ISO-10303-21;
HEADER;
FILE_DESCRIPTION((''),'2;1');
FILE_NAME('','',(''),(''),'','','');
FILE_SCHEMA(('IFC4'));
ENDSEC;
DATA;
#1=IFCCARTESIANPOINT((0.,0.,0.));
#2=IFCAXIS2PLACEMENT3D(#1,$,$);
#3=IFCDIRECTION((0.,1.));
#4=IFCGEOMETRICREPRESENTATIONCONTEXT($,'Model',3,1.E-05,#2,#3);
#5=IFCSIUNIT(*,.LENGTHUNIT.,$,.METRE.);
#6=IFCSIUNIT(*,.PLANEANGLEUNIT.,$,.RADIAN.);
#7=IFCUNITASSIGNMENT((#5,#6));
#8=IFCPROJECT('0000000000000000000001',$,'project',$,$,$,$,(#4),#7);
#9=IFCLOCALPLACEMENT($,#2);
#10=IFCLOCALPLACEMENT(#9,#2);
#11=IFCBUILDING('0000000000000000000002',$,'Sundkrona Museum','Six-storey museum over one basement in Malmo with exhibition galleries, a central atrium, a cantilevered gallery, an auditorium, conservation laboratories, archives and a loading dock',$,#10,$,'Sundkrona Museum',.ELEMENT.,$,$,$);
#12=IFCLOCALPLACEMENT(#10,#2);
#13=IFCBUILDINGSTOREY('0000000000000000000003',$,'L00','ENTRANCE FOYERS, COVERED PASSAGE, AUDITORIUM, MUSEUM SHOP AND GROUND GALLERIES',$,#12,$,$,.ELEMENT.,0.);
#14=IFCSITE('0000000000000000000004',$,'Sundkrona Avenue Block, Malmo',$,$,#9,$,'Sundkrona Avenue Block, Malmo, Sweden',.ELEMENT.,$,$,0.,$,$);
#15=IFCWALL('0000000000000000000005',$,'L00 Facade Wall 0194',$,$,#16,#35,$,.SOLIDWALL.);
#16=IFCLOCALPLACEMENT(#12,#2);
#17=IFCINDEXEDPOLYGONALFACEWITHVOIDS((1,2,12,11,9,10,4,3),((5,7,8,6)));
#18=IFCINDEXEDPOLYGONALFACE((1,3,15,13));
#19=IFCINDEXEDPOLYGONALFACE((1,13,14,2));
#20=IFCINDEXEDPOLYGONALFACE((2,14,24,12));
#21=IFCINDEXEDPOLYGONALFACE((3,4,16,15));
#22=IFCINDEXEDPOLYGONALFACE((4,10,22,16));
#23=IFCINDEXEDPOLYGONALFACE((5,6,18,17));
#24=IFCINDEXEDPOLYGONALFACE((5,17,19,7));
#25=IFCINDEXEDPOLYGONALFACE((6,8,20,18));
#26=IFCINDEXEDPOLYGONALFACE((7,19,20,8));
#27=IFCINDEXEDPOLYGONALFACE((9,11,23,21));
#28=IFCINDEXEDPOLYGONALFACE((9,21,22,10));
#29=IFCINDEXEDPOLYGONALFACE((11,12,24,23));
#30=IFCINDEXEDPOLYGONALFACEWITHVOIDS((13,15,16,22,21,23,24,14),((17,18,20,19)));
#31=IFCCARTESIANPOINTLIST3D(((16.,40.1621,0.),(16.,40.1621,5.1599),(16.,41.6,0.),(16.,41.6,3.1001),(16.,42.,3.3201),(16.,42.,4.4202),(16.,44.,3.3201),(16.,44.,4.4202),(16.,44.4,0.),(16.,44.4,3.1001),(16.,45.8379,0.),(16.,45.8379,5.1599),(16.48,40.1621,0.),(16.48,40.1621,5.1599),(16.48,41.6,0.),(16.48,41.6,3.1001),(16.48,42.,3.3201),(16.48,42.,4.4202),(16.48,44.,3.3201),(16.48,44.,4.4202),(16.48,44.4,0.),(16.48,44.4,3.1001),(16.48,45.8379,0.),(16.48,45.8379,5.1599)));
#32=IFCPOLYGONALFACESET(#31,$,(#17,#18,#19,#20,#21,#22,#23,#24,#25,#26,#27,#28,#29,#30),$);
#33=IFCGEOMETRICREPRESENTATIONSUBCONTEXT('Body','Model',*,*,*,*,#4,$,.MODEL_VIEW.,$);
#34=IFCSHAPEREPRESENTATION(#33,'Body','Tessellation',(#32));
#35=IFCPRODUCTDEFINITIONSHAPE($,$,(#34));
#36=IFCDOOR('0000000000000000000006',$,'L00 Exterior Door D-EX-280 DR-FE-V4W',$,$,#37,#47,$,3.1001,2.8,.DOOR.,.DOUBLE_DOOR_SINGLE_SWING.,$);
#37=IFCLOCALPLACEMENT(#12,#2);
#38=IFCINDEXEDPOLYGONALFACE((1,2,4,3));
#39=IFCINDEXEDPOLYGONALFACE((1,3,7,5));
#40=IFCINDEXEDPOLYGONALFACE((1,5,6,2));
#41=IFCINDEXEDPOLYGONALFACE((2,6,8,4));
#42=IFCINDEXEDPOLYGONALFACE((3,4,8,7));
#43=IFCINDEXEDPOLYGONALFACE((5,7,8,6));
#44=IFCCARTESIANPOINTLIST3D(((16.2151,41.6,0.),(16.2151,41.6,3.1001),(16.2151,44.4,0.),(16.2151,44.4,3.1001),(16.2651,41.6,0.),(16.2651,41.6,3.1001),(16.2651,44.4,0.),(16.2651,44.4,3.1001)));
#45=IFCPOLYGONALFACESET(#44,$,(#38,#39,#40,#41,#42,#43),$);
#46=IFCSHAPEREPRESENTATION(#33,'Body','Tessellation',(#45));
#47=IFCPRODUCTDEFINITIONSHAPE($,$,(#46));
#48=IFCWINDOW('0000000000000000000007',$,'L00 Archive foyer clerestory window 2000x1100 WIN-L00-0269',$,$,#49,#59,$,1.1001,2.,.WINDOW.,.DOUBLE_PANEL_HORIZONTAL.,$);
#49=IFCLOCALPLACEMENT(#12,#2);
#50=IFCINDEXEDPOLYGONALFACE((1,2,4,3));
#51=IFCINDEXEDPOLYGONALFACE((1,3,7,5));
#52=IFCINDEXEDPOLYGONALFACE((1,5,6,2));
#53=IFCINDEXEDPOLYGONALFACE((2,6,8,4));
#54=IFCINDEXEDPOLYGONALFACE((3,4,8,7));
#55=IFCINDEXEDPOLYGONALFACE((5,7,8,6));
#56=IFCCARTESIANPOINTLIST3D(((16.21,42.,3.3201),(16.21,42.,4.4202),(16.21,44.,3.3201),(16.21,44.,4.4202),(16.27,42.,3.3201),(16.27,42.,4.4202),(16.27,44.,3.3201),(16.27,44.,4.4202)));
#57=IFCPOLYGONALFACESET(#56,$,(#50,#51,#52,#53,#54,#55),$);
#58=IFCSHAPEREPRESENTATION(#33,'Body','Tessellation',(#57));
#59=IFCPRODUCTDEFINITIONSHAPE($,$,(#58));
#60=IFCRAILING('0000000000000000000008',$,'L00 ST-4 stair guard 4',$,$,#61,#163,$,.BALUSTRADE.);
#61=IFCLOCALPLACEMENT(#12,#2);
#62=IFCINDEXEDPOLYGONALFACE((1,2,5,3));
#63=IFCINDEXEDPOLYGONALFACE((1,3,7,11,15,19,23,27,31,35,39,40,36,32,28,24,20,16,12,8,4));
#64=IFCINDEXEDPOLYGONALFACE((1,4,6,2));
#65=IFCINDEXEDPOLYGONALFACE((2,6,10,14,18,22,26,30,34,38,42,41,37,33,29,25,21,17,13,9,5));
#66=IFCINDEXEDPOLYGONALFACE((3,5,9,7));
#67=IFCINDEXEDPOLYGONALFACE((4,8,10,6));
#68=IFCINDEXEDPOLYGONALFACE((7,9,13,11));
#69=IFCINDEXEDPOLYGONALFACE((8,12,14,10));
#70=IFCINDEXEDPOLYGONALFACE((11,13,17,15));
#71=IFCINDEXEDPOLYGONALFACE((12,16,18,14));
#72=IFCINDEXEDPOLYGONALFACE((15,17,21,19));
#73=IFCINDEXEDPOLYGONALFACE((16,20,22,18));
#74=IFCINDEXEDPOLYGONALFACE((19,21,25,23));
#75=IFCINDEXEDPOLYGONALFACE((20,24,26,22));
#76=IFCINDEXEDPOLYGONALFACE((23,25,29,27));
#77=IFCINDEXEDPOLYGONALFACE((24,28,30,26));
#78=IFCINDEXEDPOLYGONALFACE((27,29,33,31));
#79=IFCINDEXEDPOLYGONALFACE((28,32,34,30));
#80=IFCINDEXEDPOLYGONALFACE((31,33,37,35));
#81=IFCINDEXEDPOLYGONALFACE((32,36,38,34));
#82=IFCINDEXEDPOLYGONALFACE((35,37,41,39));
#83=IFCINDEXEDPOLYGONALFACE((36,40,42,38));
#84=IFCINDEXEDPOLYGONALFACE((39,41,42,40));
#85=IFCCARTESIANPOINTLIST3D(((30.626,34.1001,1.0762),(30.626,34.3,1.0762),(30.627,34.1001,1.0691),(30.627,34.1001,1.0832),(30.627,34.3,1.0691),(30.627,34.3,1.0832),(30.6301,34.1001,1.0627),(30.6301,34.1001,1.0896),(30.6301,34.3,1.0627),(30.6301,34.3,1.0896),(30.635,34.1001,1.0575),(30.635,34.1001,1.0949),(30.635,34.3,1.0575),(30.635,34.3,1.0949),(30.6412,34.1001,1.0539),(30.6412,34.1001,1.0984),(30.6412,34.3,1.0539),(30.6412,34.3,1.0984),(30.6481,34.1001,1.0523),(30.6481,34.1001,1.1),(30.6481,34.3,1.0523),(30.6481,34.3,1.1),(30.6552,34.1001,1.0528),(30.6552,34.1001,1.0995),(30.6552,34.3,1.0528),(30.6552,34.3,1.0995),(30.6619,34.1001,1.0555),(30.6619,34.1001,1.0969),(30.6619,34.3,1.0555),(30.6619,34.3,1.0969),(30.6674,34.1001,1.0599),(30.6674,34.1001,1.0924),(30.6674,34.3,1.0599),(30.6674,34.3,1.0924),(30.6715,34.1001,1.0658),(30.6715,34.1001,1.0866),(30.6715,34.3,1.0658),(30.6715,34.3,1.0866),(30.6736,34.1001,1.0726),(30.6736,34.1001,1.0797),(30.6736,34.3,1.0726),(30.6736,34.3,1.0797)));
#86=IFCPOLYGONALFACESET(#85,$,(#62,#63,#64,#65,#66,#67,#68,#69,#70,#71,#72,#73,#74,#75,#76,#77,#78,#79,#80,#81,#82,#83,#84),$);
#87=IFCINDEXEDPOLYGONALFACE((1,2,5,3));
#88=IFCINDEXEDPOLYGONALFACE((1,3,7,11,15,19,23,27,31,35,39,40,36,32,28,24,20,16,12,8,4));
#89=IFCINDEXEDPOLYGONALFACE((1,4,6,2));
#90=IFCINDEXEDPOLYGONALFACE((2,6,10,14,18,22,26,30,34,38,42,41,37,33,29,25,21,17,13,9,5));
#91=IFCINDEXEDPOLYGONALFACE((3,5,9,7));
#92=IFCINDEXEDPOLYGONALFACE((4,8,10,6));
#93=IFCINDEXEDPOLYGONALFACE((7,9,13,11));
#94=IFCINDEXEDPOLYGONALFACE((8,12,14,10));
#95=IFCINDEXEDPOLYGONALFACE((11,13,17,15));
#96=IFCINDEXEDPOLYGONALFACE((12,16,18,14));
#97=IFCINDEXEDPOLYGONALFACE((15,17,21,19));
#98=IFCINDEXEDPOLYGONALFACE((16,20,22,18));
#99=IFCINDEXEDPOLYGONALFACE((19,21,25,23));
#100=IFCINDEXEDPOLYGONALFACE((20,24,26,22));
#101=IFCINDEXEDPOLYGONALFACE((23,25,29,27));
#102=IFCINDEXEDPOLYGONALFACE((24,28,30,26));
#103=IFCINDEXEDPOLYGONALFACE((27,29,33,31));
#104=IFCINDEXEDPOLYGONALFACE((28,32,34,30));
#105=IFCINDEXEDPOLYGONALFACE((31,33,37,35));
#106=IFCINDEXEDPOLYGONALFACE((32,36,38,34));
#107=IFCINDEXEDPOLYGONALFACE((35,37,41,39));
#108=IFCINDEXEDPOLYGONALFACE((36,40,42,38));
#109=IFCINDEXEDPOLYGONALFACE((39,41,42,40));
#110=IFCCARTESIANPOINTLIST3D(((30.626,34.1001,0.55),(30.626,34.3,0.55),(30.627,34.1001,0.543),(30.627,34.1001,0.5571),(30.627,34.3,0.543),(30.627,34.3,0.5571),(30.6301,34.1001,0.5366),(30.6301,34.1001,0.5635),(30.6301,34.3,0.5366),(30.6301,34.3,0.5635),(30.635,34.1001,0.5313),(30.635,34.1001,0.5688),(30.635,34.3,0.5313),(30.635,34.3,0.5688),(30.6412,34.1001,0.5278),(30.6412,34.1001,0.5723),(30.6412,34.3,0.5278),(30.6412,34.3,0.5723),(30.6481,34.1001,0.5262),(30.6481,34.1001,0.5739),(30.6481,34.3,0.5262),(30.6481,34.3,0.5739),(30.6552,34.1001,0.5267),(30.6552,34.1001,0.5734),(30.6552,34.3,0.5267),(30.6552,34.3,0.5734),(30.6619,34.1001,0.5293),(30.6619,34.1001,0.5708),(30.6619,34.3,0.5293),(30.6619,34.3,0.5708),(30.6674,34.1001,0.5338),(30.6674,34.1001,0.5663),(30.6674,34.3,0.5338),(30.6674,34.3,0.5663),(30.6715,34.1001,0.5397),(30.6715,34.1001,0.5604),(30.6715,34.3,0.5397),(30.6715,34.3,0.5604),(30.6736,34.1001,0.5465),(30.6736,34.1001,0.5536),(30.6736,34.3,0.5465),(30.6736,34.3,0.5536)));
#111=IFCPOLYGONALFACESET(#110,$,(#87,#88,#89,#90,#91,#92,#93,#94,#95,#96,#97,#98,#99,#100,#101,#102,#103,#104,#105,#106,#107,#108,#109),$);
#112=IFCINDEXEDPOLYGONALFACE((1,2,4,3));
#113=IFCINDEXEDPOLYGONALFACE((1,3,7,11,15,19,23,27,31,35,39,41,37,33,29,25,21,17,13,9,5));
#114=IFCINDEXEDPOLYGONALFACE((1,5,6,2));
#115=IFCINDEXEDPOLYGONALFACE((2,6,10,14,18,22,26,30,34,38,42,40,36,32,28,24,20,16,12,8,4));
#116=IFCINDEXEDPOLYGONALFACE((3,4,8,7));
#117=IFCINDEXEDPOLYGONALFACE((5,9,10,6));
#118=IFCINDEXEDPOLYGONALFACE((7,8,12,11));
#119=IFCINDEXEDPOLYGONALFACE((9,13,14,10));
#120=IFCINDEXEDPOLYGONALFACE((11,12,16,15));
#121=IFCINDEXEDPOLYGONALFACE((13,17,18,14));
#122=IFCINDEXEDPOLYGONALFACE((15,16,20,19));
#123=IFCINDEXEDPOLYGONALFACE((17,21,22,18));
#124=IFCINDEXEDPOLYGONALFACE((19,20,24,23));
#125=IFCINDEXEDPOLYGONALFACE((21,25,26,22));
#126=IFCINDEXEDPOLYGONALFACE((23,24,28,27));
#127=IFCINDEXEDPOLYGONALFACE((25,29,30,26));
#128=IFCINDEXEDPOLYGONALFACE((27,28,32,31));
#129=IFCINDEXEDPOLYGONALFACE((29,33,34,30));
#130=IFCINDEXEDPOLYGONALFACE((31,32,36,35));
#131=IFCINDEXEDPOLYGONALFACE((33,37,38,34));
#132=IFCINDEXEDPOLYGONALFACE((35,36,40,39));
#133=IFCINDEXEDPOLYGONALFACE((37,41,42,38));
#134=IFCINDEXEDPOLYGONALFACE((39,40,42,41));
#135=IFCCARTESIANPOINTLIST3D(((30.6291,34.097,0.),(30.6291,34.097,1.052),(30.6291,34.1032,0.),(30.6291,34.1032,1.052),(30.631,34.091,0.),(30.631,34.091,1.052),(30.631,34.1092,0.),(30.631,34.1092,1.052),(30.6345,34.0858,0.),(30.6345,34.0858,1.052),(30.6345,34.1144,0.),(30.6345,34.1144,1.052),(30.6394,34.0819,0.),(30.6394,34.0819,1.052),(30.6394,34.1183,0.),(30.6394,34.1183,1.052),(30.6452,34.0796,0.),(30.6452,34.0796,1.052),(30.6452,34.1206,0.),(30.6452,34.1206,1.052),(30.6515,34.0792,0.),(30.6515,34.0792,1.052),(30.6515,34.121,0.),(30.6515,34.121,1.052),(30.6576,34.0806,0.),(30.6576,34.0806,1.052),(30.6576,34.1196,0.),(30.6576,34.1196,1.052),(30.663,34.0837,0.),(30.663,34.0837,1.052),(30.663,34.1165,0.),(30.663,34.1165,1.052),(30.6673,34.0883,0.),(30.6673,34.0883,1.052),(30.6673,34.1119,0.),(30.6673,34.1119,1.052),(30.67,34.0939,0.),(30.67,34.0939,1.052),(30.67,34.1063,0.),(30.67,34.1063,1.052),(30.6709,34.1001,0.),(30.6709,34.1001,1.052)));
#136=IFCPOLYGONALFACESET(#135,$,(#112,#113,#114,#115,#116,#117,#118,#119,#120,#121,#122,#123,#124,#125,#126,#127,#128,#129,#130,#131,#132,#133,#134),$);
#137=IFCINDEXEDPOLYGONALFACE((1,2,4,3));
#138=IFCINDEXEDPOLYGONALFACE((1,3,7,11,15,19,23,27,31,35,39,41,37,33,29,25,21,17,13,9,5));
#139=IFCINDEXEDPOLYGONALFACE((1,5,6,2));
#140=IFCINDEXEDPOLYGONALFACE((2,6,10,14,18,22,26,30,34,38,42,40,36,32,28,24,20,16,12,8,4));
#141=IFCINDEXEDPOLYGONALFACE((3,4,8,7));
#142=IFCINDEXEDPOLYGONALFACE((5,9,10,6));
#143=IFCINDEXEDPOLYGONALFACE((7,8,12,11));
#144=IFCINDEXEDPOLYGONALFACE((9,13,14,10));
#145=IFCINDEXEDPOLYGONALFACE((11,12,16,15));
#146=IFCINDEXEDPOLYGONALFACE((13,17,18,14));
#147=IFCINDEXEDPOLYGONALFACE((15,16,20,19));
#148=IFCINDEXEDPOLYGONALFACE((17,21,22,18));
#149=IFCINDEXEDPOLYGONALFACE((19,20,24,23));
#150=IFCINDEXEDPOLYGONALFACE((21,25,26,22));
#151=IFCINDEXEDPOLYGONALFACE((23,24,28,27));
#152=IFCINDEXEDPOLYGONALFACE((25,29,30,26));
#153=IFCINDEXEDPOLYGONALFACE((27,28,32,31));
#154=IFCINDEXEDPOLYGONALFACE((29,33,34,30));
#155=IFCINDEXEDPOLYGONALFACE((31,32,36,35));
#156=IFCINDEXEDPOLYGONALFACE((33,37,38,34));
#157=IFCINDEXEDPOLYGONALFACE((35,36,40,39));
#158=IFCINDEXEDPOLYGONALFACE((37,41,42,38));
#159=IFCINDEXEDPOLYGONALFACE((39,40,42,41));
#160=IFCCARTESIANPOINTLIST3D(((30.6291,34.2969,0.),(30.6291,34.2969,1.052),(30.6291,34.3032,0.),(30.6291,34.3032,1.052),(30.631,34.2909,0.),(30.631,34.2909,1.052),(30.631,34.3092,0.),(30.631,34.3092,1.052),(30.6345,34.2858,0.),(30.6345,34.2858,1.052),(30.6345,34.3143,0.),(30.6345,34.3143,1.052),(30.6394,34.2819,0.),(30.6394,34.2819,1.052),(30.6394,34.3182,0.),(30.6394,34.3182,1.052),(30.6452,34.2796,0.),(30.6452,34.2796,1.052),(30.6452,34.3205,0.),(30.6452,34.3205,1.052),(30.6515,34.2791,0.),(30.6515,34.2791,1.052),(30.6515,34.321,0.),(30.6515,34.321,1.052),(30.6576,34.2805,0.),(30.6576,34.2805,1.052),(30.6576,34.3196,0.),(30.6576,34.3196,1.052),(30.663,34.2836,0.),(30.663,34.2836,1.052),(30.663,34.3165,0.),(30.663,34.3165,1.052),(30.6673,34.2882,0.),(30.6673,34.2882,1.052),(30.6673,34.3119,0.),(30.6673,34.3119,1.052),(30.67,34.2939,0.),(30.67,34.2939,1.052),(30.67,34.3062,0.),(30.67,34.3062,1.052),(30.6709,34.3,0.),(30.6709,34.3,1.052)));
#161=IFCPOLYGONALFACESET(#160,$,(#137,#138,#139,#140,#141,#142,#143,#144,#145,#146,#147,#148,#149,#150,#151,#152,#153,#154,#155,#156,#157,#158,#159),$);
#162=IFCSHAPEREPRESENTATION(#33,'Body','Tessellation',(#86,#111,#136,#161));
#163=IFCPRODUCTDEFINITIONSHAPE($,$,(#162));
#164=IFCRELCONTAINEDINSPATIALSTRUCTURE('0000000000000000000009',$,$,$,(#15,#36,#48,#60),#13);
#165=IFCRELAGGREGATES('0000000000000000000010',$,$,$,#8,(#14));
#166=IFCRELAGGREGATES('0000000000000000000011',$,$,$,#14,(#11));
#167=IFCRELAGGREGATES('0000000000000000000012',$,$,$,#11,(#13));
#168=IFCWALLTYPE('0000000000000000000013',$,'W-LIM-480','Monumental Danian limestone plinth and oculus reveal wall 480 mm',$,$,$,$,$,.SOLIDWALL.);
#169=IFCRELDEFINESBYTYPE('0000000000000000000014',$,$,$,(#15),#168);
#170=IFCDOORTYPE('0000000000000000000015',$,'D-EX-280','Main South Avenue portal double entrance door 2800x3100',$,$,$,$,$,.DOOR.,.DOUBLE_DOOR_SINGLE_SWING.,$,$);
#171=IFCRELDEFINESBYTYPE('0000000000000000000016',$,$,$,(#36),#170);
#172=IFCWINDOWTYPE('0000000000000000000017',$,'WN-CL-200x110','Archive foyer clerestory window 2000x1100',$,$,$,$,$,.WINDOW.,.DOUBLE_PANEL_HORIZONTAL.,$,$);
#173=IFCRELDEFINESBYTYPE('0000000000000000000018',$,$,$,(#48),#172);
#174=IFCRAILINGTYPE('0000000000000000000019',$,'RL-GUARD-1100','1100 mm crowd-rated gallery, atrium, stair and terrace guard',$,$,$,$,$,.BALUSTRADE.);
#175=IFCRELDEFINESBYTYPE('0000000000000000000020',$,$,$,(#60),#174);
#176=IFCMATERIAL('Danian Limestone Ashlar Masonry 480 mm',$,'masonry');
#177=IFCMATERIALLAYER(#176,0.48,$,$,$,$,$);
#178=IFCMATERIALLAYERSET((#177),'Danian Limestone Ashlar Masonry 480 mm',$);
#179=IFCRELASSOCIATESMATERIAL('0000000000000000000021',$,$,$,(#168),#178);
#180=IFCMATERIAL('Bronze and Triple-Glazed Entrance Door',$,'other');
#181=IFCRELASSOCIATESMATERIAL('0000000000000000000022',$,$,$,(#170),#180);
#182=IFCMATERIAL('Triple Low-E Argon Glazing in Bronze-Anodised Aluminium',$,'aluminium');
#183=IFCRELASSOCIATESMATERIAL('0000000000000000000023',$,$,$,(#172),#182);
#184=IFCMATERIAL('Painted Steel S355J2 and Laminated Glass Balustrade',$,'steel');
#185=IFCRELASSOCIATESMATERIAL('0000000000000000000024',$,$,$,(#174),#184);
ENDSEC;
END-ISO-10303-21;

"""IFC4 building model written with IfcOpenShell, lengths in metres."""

from ifc_helpers import new_model, si_unit, direction, frame, frame_2d, origin, origin_2d, place, context, subcontext, project, spatial, rectangle, circle, extrude, material, layer, layer_set, type_object, element, fill, save


model = new_model("IFC4")

# Units and contexts
model_context = context("Model", 3, precision=1e-05, world=origin(), true_north=direction((0.0, 1.0)))
body_context = subcontext(model_context, "Body", "Model", "MODEL_VIEW")
ifc_project = project(units=[si_unit("LENGTHUNIT", "METRE"), si_unit("PLANEANGLEUNIT", "RADIAN")], contexts=[model_context])

# Site, building, storey
site_placement = place(None, origin())
site = spatial("IfcSite", under=ifc_project, at=site_placement, Name="Sundkrona Avenue Block, Malmo", LongName="Sundkrona Avenue Block, Malmo, Sweden", CompositionType="ELEMENT", RefElevation=0.0)
building_placement = place(site_placement, origin())
building = spatial("IfcBuilding", under=site, at=building_placement, Name="Sundkrona Museum", Description="Six-storey museum over one basement in Malmo with exhibition galleries, a central atrium, a cantilevered gallery, an auditorium, conservation laboratories, archives and a loading dock", LongName="Sundkrona Museum", CompositionType="ELEMENT")
storey_placement = place(building_placement, origin())
storey = spatial("IfcBuildingStorey", under=building, at=storey_placement, Name="L00", Description="ENTRANCE FOYERS, COVERED PASSAGE, AUDITORIUM, MUSEUM SHOP AND GROUND GALLERIES", CompositionType="ELEMENT", Elevation=0.0)

# Wall, openings, door, window
ifc_material_1 = material(Name="Danian Limestone Ashlar Masonry 480 mm", Category="masonry")
ifc_layer_1 = layer(ifc_material_1, 0.48)
ifc_layer_set_1 = layer_set([ifc_layer_1], Name="Danian Limestone Ashlar Masonry 480 mm")
wall_type_1 = type_object("IfcWallType", Name="W-LIM-480", Description="Monumental Danian limestone plinth and oculus reveal wall 480 mm", PredefinedType="SOLIDWALL", material=ifc_layer_set_1)
wall_1_placement = place(storey_placement, frame((16.24, 40.1621, 0.0), z_axis=(0.0, 0.0, 1.0), x_axis=(0.0, 1.0, 0.0)))
wall_1 = element("IfcWall", 1, at=wall_1_placement, inside=storey, type_object=wall_type_1, Name="L00 Facade Wall 0194", PredefinedType="SOLIDWALL", context=body_context, shape_type="SweptSolid", body=[
    extrude(rectangle(XDim=5.6758, YDim=0.48, at=frame_2d((2.8379, 0.0))), origin(), (0.0, 0.0, 1.0), 5.1599),
])
opening_1_placement = place(wall_1_placement, frame((1.438, 0.0, 0.0)))
opening_1 = element("IfcOpeningElement", 2, at=opening_1_placement, cuts=wall_1, PredefinedType="OPENING", context=body_context, shape_type="SweptSolid", body=[
    extrude(rectangle(XDim=2.8, YDim=3.1001, at=frame_2d((1.3999, 1.55))), frame((0.0, 0.25, 0.0), z_axis=(0.0, -1.0, 0.0), x_axis=(1.0, 0.0, 0.0)), (0.0, 0.0, 1.0), 0.5),
])
opening_2_placement = place(wall_1_placement, frame((1.8379, 0.0, 3.3201)))
opening_2 = element("IfcOpeningElement", 3, at=opening_2_placement, cuts=wall_1, PredefinedType="OPENING", context=body_context, shape_type="SweptSolid", body=[
    extrude(rectangle(XDim=2.0, YDim=1.1001, at=frame_2d((1.0, 0.55))), frame((0.0, 0.25, 0.0), z_axis=(0.0, -1.0, 0.0), x_axis=(1.0, 0.0, 0.0)), (0.0, 0.0, 1.0), 0.5),
])
ifc_material_2 = material(Name="Bronze and Triple-Glazed Entrance Door", Category="other")
door_type_1 = type_object("IfcDoorType", Name="D-EX-280", Description="Main South Avenue portal double entrance door 2800x3100", OperationType="DOUBLE_DOOR_SINGLE_SWING", PredefinedType="DOOR", material=ifc_material_2)
door_1_placement = place(opening_1_placement, origin())
door_1 = element("IfcDoor", 4, at=door_1_placement, inside=storey, type_object=door_type_1, Name="L00 Exterior Door D-EX-280 DR-FE-V4W", OperationType="DOUBLE_DOOR_SINGLE_SWING", OverallHeight=3.1001, OverallWidth=2.8, PredefinedType="DOOR", context=body_context, shape_type="SweptSolid", body=[
    extrude(rectangle(XDim=2.8, YDim=3.1001, at=frame_2d((1.3999, 1.55))), frame((0.0, 0.0249, 0.0), z_axis=(0.0, -1.0, 0.0), x_axis=(1.0, 0.0, 0.0)), (0.0, 0.0, 1.0), 0.05),
])
fill(opening_1, door_1)
ifc_material_3 = material(Name="Triple Low-E Argon Glazing in Bronze-Anodised Aluminium", Category="aluminium")
window_type = type_object("IfcWindowType", Name="WN-CL-200x110", Description="Archive foyer clerestory window 2000x1100", PartitioningType="DOUBLE_PANEL_HORIZONTAL", PredefinedType="WINDOW", material=ifc_material_3)
window_placement = place(opening_2_placement, origin())
window = element("IfcWindow", 5, at=window_placement, inside=storey, type_object=window_type, Name="L00 Archive foyer clerestory window 2000x1100 WIN-L00-0269", OverallHeight=1.1001, OverallWidth=2.0, PartitioningType="DOUBLE_PANEL_HORIZONTAL", PredefinedType="WINDOW", context=body_context, shape_type="SweptSolid", body=[
    extrude(rectangle(XDim=2.0, YDim=1.1001, at=frame_2d((1.0, 0.55))), frame((0.0, 0.03, 0.0), z_axis=(0.0, -1.0, 0.0), x_axis=(1.0, 0.0, 0.0)), (0.0, 0.0, 1.0), 0.0601),
])
fill(opening_2, window)

# Railing
ifc_material_4 = material(Name="Painted Steel S355J2 and Laminated Glass Balustrade", Category="steel")
railing_type = type_object("IfcRailingType", Name="RL-GUARD-1100", Description="1100 mm crowd-rated gallery, atrium, stair and terrace guard", PredefinedType="BALUSTRADE", material=ifc_material_4)
railing_1_placement = place(storey_placement, frame((30.6499, 34.1001, 0.0)))
element("IfcRailing", 6, at=railing_1_placement, inside=storey, type_object=railing_type, Name="L00 ST-4 stair guard 4", PredefinedType="BALUSTRADE", context=body_context, shape_type="SweptSolid", body=[
    extrude(circle(Radius=0.0239, at=origin_2d()), frame((0.0, 0.0, 1.0762), z_axis=(0.0, 1.0, 0.0), x_axis=(-1.0, 0.0, 0.0)), (0.0, 0.0, 1.0), 0.2),
    extrude(circle(Radius=0.0239, at=origin_2d()), frame((0.0, 0.0, 0.55), z_axis=(0.0, 1.0, 0.0), x_axis=(-1.0, 0.0, 0.0)), (0.0, 0.0, 1.0), 0.2),
    extrude(circle(Radius=0.021, at=origin_2d()), origin(), (0.0, 0.0, 1.0), 1.052),
    extrude(circle(Radius=0.021, at=origin_2d()), frame((0.0, 0.2, 0.0)), (0.0, 0.0, 1.0), 1.052),
])

save(model, "model.ifc")
